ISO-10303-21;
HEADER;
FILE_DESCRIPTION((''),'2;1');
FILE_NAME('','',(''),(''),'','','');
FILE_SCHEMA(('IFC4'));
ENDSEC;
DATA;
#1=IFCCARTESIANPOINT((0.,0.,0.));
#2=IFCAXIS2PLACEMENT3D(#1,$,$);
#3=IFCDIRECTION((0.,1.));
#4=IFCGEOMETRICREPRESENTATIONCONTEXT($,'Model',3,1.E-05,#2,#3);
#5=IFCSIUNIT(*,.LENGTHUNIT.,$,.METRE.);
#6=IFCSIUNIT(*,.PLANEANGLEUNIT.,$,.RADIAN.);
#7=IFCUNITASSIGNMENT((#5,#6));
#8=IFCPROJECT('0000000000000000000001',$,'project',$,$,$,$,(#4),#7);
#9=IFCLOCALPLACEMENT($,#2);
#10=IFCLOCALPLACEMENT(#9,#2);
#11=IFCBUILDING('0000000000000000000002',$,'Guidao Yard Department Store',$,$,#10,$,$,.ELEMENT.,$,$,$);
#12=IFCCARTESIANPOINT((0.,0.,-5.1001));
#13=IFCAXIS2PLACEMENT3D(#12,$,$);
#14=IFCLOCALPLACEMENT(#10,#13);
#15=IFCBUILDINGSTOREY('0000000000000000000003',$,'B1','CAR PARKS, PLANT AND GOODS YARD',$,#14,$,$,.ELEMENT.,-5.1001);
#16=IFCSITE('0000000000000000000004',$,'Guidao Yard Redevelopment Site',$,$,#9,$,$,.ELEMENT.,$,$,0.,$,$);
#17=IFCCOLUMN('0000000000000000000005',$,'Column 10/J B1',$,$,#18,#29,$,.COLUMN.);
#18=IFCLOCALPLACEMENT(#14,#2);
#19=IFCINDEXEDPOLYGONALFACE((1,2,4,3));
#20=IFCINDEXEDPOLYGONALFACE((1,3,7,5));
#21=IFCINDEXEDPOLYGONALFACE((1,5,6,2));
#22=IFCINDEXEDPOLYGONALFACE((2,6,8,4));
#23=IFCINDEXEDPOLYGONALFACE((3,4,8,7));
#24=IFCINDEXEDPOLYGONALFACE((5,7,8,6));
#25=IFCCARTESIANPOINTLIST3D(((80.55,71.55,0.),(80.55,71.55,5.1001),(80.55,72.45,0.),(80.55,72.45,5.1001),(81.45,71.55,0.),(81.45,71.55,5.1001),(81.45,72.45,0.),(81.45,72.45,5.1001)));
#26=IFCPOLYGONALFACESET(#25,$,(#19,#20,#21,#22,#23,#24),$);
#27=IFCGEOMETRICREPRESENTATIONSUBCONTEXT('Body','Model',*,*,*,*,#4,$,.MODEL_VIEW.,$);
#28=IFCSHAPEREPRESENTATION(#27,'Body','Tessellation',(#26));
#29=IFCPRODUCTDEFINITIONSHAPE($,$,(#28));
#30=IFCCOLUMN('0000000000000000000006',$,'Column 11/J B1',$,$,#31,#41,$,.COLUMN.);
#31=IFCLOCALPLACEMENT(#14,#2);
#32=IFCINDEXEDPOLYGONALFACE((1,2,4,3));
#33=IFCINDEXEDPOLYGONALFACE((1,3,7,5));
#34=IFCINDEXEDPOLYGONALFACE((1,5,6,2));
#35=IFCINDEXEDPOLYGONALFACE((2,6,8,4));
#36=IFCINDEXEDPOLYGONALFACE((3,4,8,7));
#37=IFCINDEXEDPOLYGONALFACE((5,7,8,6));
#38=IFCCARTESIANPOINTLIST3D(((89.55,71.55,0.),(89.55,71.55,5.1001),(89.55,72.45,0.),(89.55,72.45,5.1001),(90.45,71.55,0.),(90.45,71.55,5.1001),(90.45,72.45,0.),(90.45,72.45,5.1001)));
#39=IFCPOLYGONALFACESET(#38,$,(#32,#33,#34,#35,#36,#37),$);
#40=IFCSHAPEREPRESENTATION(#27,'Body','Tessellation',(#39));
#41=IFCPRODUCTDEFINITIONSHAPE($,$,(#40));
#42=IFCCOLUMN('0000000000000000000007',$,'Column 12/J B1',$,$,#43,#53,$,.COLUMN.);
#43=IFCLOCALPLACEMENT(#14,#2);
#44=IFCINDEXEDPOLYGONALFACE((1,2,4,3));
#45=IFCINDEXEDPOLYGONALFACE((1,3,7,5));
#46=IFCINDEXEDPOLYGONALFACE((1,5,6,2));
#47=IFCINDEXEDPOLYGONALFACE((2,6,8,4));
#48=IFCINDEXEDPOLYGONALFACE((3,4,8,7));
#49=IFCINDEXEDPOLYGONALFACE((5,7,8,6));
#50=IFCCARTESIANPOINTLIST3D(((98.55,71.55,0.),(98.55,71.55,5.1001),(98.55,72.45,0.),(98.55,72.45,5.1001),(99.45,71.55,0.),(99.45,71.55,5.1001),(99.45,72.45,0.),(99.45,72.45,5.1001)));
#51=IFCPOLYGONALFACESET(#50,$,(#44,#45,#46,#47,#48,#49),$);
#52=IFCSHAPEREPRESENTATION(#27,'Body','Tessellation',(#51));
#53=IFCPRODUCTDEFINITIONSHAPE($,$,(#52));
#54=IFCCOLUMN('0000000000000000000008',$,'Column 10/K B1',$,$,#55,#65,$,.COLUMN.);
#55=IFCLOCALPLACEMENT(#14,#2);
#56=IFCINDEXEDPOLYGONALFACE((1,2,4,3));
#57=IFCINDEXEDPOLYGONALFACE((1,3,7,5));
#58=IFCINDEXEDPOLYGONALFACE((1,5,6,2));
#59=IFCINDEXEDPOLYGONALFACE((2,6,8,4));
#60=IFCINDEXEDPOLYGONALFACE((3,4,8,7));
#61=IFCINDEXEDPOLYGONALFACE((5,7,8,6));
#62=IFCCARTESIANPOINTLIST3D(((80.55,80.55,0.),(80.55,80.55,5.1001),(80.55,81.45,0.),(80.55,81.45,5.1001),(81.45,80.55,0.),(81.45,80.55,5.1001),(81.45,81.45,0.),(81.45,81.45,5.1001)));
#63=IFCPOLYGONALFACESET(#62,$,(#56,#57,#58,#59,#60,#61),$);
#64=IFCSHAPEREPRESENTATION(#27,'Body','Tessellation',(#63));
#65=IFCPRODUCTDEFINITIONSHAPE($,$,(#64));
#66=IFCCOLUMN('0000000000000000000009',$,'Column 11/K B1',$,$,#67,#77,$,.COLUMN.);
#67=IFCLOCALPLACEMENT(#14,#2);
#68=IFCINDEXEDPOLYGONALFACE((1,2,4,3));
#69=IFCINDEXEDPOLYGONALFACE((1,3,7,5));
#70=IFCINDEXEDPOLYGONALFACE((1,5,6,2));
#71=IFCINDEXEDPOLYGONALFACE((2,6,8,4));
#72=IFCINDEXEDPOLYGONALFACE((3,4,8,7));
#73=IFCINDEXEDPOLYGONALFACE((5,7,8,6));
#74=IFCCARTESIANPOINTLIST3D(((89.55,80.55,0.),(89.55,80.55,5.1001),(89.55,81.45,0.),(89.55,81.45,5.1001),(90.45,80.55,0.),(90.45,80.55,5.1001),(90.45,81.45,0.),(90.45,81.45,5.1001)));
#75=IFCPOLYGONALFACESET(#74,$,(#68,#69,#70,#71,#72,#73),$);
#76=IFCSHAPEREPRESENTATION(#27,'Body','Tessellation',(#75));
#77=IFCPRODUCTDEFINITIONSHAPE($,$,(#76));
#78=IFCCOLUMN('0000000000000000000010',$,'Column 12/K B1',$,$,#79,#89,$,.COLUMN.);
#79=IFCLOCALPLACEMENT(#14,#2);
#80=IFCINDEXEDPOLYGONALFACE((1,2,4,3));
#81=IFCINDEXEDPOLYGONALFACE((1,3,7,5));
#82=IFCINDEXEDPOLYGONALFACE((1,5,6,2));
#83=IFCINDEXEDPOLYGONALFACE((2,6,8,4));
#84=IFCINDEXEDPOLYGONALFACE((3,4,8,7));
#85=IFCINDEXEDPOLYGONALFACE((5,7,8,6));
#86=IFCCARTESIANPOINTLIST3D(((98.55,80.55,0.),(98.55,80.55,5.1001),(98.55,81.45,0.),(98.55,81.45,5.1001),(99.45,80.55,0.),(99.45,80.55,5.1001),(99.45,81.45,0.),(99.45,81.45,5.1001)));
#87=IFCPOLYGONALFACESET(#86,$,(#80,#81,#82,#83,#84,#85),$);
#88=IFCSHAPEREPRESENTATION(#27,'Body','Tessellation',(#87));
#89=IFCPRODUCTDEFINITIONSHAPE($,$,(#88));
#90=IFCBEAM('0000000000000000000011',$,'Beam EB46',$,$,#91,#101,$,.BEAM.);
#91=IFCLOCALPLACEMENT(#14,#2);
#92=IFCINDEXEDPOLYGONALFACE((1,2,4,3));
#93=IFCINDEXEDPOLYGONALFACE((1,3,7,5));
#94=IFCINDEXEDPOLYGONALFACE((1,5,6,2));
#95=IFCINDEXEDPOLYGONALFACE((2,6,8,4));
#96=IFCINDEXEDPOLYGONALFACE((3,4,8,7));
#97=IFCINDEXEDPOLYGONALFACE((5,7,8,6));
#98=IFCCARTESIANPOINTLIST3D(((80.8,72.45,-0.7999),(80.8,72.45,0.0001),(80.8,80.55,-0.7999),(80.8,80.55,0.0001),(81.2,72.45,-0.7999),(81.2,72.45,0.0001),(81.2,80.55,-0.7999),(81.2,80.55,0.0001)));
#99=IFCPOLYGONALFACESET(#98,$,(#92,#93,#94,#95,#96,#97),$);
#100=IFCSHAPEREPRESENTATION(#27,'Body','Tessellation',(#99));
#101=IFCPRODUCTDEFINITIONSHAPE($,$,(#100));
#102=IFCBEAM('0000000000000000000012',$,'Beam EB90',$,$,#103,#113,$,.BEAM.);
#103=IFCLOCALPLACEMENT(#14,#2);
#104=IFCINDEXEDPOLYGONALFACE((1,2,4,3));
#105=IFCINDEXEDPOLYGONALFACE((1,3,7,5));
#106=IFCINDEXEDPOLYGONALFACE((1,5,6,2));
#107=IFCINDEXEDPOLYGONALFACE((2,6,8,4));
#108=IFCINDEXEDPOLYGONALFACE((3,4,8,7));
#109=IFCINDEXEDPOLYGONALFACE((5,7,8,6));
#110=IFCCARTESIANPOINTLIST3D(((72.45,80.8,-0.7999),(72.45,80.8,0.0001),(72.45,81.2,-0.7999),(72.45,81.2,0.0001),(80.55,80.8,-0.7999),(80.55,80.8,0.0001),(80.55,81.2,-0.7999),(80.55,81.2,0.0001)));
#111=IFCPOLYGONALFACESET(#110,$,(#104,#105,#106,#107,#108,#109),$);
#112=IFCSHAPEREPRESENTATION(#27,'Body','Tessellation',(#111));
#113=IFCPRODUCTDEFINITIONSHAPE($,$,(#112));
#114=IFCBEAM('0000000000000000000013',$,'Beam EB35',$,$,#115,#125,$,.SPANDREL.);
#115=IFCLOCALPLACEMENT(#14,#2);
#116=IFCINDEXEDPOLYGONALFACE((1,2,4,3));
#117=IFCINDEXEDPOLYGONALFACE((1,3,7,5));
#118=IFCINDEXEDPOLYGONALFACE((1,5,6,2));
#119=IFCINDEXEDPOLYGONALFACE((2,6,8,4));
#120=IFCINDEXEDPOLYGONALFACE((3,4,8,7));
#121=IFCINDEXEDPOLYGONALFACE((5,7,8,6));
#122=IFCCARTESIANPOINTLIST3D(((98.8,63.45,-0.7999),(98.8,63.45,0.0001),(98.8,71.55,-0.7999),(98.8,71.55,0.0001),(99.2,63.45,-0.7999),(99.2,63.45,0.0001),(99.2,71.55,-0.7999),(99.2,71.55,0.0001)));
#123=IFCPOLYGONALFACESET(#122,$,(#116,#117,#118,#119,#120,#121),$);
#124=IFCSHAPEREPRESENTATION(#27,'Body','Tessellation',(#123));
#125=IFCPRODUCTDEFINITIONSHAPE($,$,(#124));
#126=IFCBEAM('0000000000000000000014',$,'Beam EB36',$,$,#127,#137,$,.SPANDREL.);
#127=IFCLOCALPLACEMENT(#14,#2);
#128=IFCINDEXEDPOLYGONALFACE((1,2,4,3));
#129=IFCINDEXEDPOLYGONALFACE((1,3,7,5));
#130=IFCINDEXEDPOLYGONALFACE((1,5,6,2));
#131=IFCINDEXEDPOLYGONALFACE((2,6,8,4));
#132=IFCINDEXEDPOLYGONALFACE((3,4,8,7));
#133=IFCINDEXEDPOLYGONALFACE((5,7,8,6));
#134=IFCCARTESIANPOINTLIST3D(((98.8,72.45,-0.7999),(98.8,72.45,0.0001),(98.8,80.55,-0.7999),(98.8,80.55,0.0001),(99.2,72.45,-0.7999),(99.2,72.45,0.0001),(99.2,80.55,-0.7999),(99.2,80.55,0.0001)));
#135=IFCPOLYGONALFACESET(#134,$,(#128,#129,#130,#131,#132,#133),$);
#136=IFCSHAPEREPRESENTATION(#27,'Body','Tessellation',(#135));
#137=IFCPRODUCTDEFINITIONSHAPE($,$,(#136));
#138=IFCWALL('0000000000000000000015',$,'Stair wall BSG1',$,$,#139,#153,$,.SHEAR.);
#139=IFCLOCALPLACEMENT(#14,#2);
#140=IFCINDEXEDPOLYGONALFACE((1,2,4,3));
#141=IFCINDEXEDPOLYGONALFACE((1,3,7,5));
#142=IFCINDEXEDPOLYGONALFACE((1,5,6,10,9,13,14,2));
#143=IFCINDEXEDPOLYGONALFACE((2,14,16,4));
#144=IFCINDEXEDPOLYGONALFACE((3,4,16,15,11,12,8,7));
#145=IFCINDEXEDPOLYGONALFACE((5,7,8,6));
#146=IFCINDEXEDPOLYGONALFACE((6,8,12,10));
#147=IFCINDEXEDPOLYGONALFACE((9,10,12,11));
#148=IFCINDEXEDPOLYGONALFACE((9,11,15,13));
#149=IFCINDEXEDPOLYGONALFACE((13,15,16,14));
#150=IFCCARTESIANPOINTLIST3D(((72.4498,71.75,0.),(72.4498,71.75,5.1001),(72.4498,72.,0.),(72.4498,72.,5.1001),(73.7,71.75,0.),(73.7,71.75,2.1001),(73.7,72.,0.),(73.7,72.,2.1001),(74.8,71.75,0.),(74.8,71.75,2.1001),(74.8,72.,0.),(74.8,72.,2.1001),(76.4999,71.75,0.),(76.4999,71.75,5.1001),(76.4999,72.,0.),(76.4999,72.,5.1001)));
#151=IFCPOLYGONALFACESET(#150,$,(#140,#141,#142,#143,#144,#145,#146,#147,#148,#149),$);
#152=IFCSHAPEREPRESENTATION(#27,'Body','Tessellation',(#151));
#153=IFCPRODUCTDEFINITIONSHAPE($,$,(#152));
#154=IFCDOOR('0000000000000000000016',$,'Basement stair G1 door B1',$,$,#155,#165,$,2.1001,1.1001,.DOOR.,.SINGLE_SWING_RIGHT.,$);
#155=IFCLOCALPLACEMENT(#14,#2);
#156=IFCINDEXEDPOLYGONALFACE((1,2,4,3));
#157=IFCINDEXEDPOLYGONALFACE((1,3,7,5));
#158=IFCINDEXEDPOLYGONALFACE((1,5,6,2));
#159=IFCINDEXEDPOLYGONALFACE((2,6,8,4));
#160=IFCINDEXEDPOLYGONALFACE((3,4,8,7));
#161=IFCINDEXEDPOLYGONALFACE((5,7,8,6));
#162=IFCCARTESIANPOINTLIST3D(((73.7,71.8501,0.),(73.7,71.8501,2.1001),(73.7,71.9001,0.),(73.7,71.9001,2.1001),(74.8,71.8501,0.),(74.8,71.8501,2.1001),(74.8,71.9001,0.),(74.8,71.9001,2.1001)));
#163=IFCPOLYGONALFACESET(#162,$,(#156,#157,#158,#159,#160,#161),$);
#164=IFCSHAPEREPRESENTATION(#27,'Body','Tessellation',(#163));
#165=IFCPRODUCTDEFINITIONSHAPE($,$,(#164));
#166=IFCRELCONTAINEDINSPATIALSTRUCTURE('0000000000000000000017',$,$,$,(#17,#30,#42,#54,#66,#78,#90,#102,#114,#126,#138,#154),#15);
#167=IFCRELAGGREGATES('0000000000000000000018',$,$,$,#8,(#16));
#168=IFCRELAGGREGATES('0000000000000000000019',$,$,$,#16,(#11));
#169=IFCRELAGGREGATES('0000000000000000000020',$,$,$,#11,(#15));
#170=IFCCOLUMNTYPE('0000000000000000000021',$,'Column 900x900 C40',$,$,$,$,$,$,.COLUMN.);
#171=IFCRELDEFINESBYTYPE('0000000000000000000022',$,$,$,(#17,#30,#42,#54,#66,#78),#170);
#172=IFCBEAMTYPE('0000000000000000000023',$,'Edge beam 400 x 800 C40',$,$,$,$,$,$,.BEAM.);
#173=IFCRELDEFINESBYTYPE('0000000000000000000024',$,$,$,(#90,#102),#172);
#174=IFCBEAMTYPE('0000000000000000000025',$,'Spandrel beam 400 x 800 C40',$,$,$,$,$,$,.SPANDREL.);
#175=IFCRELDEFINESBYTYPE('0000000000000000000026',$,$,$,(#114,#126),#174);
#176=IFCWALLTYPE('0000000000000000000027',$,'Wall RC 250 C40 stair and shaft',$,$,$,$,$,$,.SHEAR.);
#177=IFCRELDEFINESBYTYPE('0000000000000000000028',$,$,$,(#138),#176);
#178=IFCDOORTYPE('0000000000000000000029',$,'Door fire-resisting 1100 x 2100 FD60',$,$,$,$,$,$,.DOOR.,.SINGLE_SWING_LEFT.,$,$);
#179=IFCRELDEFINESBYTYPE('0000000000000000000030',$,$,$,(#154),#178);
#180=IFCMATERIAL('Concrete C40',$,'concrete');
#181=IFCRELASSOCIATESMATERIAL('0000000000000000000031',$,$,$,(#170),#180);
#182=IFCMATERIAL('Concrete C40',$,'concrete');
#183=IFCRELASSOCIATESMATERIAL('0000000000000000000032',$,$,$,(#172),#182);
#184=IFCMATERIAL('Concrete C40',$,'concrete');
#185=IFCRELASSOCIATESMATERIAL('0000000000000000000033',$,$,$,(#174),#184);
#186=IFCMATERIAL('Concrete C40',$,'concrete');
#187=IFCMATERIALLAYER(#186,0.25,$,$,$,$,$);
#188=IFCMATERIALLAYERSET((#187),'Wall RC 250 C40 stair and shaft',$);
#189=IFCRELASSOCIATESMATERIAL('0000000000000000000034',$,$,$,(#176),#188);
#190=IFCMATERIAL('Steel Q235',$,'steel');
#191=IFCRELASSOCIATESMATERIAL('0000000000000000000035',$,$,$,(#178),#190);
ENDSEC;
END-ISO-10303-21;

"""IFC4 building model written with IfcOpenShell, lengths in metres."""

from ifc_helpers import new_model, si_unit, direction, frame, frame_2d, origin, origin_2d, place, context, subcontext, project, spatial, rectangle, extrude, material, layer, layer_set, material_profile, profile_set, type_object, element, fill, save


model = new_model("IFC4")

# Units and contexts
model_context = context("Model", 3, precision=1e-05, world=origin(), true_north=direction((0.0, 1.0)))
body_context = subcontext(model_context, "Body", "Model", "MODEL_VIEW")
ifc_project = project(units=[si_unit("LENGTHUNIT", "METRE"), si_unit("PLANEANGLEUNIT", "RADIAN")], contexts=[model_context])

# Site, building, storey
site_placement = place(None, origin())
site = spatial("IfcSite", under=ifc_project, at=site_placement, Name="Guidao Yard Redevelopment Site", CompositionType="ELEMENT", RefElevation=0.0)
building_placement = place(site_placement, origin())
building = spatial("IfcBuilding", under=site, at=building_placement, Name="Guidao Yard Department Store", CompositionType="ELEMENT")
storey_placement = place(building_placement, frame((0.0, 0.0, -5.1001)))
storey = spatial("IfcBuildingStorey", under=building, at=storey_placement, Name="B1", Description="CAR PARKS, PLANT AND GOODS YARD", CompositionType="ELEMENT", Elevation=-5.1001)

# Columns
ifc_material_1 = material(Name="Concrete C40", Category="concrete")
ifc_material_profile_1 = material_profile(ifc_material_1, rectangle(XDim=0.8999, YDim=0.8999, at=origin_2d()), Name="COL 900x900")
ifc_profile_set_1 = profile_set([ifc_material_profile_1], Name="Concrete C40")
column_type = type_object("IfcColumnType", Name="Column 900x900 C40", PredefinedType="COLUMN", material=ifc_profile_set_1)
for number, where, z_axis, x_axis, name in (
    (1, (81.0, 72.0, 0.0), (0.0, 0.0, 1.0), (1.0, 0.0, 0.0), "Column 10/J B1"),
    (2, (90.0, 72.0, 0.0), (0.0, 0.0, 1.0), (1.0, 0.0, 0.0), "Column 11/J B1"),
    (3, (99.0, 72.0, 0.0), (0.0, 0.0, 1.0), (1.0, 0.0, 0.0), "Column 12/J B1"),
    (4, (81.0, 81.0, 0.0), (0.0, 0.0, 1.0), (1.0, 0.0, 0.0), "Column 10/K B1"),
    (5, (90.0, 81.0, 0.0), (0.0, 0.0, 1.0), (1.0, 0.0, 0.0), "Column 11/K B1"),
    (6, (99.0, 81.0, 0.0), (0.0, 0.0, 1.0), (1.0, 0.0, 0.0), "Column 12/K B1"),
):
    element("IfcColumn", number, at=place(storey_placement, frame(where, z_axis=z_axis, x_axis=x_axis)), inside=storey, type_object=column_type, Name=name, PredefinedType="COLUMN", context=body_context, shape_type="SweptSolid", body=[
        extrude(rectangle(XDim=0.8999, YDim=0.8999, at=origin_2d()), origin(), (0.0, 0.0, 1.0), 5.1001),
    ])

# Beams
ifc_material_2 = material(Name="Concrete C40", Category="concrete")
ifc_material_profile_2 = material_profile(ifc_material_2, rectangle(XDim=0.3999, YDim=0.8, at=origin_2d()), Name="Edge beam 400 x 800 C40")
ifc_profile_set_2 = profile_set([ifc_material_profile_2], Name="Concrete C40")
beam_type_1 = type_object("IfcBeamType", Name="Edge beam 400 x 800 C40", PredefinedType="BEAM", material=ifc_profile_set_2)
for number, where, z_axis, x_axis, name in (
    (7, (81.0, 72.45, -0.3999), (0.0, 1.0, 0.0), (-1.0, 0.0, 0.0), "Beam EB46"),
    (8, (72.45, 81.0, -0.3999), (1.0, 0.0, 0.0), (0.0, 1.0, 0.0), "Beam EB90"),
):
    element("IfcBeam", number, at=place(storey_placement, frame(where, z_axis=z_axis, x_axis=x_axis)), inside=storey, type_object=beam_type_1, Name=name, PredefinedType="BEAM", context=body_context, shape_type="SweptSolid", body=[
        extrude(rectangle(XDim=0.3999, YDim=0.8, at=origin_2d()), origin(), (0.0, 0.0, 1.0), 8.1001),
    ])
ifc_material_3 = material(Name="Concrete C40", Category="concrete")
ifc_material_profile_3 = material_profile(ifc_material_3, rectangle(XDim=0.3999, YDim=0.8, at=origin_2d()), Name="Spandrel beam 400 x 800 C40")
ifc_profile_set_3 = profile_set([ifc_material_profile_3], Name="Concrete C40")
beam_type_2 = type_object("IfcBeamType", Name="Spandrel beam 400 x 800 C40", PredefinedType="SPANDREL", material=ifc_profile_set_3)
for number, where, z_axis, x_axis, name in (
    (9, (99.0, 63.45, -0.3999), (0.0, 1.0, 0.0), (-1.0, 0.0, 0.0), "Beam EB35"),
    (10, (99.0, 72.45, -0.3999), (0.0, 1.0, 0.0), (-1.0, 0.0, 0.0), "Beam EB36"),
):
    element("IfcBeam", number, at=place(storey_placement, frame(where, z_axis=z_axis, x_axis=x_axis)), inside=storey, type_object=beam_type_2, Name=name, PredefinedType="SPANDREL", context=body_context, shape_type="SweptSolid", body=[
        extrude(rectangle(XDim=0.3999, YDim=0.8, at=origin_2d()), origin(), (0.0, 0.0, 1.0), 8.1001),
    ])

# Wall, opening, door
ifc_material_4 = material(Name="Concrete C40", Category="concrete")
ifc_layer = layer(ifc_material_4, 0.25)
ifc_layer_set = layer_set([ifc_layer], Name="Wall RC 250 C40 stair and shaft")
wall_type = type_object("IfcWallType", Name="Wall RC 250 C40 stair and shaft", PredefinedType="SHEAR", material=ifc_layer_set)
wall_placement = place(storey_placement, frame((72.45, 71.875, 0.0), z_axis=(0.0, 0.0, 1.0), x_axis=(1.0, 0.0, 0.0)))
wall = element("IfcWall", 11, at=wall_placement, inside=storey, type_object=wall_type, Name="Stair wall BSG1", PredefinedType="SHEAR", context=body_context, shape_type="SweptSolid", body=[
    extrude(rectangle(XDim=4.05, YDim=0.25, at=frame_2d((2.0249, 0.0))), origin(), (0.0, 0.0, 1.0), 5.1001),
])
opening_placement = place(wall_placement, frame((2.3501, 0.0, 0.0), z_axis=(0.0, 0.0, 1.0), x_axis=(-1.0, 0.0, 0.0)))
opening = element("IfcOpeningElement", 12, at=opening_placement, cuts=wall, PredefinedType="OPENING", context=body_context, shape_type="SweptSolid", body=[
    extrude(rectangle(XDim=1.1001, YDim=2.1001, at=frame_2d((0.55, 1.05))), frame((0.0, 0.135, 0.0), z_axis=(0.0, -1.0, 0.0), x_axis=(1.0, 0.0, 0.0)), (0.0, 0.0, 1.0), 0.27),
])
ifc_material_5 = material(Name="Steel Q235", Category="steel")
door_type = type_object("IfcDoorType", Name="Door fire-resisting 1100 x 2100 FD60", OperationType="SINGLE_SWING_LEFT", PredefinedType="DOOR", material=ifc_material_5)
door_placement = place(opening_placement, origin())
door = element("IfcDoor", 13, at=door_placement, inside=storey, type_object=door_type, Name="Basement stair G1 door B1", OperationType="SINGLE_SWING_RIGHT", OverallHeight=2.1001, OverallWidth=1.1001, PredefinedType="DOOR", context=body_context, shape_type="SweptSolid", body=[
    extrude(rectangle(XDim=1.1001, YDim=2.1001, at=frame_2d((0.55, 1.05))), frame((0.0, 0.0249, 0.0), z_axis=(0.0, -1.0, 0.0), x_axis=(1.0, 0.0, 0.0)), (0.0, 0.0, 1.0), 0.05),
])
fill(opening, door)

save(model, "model.ifc")
